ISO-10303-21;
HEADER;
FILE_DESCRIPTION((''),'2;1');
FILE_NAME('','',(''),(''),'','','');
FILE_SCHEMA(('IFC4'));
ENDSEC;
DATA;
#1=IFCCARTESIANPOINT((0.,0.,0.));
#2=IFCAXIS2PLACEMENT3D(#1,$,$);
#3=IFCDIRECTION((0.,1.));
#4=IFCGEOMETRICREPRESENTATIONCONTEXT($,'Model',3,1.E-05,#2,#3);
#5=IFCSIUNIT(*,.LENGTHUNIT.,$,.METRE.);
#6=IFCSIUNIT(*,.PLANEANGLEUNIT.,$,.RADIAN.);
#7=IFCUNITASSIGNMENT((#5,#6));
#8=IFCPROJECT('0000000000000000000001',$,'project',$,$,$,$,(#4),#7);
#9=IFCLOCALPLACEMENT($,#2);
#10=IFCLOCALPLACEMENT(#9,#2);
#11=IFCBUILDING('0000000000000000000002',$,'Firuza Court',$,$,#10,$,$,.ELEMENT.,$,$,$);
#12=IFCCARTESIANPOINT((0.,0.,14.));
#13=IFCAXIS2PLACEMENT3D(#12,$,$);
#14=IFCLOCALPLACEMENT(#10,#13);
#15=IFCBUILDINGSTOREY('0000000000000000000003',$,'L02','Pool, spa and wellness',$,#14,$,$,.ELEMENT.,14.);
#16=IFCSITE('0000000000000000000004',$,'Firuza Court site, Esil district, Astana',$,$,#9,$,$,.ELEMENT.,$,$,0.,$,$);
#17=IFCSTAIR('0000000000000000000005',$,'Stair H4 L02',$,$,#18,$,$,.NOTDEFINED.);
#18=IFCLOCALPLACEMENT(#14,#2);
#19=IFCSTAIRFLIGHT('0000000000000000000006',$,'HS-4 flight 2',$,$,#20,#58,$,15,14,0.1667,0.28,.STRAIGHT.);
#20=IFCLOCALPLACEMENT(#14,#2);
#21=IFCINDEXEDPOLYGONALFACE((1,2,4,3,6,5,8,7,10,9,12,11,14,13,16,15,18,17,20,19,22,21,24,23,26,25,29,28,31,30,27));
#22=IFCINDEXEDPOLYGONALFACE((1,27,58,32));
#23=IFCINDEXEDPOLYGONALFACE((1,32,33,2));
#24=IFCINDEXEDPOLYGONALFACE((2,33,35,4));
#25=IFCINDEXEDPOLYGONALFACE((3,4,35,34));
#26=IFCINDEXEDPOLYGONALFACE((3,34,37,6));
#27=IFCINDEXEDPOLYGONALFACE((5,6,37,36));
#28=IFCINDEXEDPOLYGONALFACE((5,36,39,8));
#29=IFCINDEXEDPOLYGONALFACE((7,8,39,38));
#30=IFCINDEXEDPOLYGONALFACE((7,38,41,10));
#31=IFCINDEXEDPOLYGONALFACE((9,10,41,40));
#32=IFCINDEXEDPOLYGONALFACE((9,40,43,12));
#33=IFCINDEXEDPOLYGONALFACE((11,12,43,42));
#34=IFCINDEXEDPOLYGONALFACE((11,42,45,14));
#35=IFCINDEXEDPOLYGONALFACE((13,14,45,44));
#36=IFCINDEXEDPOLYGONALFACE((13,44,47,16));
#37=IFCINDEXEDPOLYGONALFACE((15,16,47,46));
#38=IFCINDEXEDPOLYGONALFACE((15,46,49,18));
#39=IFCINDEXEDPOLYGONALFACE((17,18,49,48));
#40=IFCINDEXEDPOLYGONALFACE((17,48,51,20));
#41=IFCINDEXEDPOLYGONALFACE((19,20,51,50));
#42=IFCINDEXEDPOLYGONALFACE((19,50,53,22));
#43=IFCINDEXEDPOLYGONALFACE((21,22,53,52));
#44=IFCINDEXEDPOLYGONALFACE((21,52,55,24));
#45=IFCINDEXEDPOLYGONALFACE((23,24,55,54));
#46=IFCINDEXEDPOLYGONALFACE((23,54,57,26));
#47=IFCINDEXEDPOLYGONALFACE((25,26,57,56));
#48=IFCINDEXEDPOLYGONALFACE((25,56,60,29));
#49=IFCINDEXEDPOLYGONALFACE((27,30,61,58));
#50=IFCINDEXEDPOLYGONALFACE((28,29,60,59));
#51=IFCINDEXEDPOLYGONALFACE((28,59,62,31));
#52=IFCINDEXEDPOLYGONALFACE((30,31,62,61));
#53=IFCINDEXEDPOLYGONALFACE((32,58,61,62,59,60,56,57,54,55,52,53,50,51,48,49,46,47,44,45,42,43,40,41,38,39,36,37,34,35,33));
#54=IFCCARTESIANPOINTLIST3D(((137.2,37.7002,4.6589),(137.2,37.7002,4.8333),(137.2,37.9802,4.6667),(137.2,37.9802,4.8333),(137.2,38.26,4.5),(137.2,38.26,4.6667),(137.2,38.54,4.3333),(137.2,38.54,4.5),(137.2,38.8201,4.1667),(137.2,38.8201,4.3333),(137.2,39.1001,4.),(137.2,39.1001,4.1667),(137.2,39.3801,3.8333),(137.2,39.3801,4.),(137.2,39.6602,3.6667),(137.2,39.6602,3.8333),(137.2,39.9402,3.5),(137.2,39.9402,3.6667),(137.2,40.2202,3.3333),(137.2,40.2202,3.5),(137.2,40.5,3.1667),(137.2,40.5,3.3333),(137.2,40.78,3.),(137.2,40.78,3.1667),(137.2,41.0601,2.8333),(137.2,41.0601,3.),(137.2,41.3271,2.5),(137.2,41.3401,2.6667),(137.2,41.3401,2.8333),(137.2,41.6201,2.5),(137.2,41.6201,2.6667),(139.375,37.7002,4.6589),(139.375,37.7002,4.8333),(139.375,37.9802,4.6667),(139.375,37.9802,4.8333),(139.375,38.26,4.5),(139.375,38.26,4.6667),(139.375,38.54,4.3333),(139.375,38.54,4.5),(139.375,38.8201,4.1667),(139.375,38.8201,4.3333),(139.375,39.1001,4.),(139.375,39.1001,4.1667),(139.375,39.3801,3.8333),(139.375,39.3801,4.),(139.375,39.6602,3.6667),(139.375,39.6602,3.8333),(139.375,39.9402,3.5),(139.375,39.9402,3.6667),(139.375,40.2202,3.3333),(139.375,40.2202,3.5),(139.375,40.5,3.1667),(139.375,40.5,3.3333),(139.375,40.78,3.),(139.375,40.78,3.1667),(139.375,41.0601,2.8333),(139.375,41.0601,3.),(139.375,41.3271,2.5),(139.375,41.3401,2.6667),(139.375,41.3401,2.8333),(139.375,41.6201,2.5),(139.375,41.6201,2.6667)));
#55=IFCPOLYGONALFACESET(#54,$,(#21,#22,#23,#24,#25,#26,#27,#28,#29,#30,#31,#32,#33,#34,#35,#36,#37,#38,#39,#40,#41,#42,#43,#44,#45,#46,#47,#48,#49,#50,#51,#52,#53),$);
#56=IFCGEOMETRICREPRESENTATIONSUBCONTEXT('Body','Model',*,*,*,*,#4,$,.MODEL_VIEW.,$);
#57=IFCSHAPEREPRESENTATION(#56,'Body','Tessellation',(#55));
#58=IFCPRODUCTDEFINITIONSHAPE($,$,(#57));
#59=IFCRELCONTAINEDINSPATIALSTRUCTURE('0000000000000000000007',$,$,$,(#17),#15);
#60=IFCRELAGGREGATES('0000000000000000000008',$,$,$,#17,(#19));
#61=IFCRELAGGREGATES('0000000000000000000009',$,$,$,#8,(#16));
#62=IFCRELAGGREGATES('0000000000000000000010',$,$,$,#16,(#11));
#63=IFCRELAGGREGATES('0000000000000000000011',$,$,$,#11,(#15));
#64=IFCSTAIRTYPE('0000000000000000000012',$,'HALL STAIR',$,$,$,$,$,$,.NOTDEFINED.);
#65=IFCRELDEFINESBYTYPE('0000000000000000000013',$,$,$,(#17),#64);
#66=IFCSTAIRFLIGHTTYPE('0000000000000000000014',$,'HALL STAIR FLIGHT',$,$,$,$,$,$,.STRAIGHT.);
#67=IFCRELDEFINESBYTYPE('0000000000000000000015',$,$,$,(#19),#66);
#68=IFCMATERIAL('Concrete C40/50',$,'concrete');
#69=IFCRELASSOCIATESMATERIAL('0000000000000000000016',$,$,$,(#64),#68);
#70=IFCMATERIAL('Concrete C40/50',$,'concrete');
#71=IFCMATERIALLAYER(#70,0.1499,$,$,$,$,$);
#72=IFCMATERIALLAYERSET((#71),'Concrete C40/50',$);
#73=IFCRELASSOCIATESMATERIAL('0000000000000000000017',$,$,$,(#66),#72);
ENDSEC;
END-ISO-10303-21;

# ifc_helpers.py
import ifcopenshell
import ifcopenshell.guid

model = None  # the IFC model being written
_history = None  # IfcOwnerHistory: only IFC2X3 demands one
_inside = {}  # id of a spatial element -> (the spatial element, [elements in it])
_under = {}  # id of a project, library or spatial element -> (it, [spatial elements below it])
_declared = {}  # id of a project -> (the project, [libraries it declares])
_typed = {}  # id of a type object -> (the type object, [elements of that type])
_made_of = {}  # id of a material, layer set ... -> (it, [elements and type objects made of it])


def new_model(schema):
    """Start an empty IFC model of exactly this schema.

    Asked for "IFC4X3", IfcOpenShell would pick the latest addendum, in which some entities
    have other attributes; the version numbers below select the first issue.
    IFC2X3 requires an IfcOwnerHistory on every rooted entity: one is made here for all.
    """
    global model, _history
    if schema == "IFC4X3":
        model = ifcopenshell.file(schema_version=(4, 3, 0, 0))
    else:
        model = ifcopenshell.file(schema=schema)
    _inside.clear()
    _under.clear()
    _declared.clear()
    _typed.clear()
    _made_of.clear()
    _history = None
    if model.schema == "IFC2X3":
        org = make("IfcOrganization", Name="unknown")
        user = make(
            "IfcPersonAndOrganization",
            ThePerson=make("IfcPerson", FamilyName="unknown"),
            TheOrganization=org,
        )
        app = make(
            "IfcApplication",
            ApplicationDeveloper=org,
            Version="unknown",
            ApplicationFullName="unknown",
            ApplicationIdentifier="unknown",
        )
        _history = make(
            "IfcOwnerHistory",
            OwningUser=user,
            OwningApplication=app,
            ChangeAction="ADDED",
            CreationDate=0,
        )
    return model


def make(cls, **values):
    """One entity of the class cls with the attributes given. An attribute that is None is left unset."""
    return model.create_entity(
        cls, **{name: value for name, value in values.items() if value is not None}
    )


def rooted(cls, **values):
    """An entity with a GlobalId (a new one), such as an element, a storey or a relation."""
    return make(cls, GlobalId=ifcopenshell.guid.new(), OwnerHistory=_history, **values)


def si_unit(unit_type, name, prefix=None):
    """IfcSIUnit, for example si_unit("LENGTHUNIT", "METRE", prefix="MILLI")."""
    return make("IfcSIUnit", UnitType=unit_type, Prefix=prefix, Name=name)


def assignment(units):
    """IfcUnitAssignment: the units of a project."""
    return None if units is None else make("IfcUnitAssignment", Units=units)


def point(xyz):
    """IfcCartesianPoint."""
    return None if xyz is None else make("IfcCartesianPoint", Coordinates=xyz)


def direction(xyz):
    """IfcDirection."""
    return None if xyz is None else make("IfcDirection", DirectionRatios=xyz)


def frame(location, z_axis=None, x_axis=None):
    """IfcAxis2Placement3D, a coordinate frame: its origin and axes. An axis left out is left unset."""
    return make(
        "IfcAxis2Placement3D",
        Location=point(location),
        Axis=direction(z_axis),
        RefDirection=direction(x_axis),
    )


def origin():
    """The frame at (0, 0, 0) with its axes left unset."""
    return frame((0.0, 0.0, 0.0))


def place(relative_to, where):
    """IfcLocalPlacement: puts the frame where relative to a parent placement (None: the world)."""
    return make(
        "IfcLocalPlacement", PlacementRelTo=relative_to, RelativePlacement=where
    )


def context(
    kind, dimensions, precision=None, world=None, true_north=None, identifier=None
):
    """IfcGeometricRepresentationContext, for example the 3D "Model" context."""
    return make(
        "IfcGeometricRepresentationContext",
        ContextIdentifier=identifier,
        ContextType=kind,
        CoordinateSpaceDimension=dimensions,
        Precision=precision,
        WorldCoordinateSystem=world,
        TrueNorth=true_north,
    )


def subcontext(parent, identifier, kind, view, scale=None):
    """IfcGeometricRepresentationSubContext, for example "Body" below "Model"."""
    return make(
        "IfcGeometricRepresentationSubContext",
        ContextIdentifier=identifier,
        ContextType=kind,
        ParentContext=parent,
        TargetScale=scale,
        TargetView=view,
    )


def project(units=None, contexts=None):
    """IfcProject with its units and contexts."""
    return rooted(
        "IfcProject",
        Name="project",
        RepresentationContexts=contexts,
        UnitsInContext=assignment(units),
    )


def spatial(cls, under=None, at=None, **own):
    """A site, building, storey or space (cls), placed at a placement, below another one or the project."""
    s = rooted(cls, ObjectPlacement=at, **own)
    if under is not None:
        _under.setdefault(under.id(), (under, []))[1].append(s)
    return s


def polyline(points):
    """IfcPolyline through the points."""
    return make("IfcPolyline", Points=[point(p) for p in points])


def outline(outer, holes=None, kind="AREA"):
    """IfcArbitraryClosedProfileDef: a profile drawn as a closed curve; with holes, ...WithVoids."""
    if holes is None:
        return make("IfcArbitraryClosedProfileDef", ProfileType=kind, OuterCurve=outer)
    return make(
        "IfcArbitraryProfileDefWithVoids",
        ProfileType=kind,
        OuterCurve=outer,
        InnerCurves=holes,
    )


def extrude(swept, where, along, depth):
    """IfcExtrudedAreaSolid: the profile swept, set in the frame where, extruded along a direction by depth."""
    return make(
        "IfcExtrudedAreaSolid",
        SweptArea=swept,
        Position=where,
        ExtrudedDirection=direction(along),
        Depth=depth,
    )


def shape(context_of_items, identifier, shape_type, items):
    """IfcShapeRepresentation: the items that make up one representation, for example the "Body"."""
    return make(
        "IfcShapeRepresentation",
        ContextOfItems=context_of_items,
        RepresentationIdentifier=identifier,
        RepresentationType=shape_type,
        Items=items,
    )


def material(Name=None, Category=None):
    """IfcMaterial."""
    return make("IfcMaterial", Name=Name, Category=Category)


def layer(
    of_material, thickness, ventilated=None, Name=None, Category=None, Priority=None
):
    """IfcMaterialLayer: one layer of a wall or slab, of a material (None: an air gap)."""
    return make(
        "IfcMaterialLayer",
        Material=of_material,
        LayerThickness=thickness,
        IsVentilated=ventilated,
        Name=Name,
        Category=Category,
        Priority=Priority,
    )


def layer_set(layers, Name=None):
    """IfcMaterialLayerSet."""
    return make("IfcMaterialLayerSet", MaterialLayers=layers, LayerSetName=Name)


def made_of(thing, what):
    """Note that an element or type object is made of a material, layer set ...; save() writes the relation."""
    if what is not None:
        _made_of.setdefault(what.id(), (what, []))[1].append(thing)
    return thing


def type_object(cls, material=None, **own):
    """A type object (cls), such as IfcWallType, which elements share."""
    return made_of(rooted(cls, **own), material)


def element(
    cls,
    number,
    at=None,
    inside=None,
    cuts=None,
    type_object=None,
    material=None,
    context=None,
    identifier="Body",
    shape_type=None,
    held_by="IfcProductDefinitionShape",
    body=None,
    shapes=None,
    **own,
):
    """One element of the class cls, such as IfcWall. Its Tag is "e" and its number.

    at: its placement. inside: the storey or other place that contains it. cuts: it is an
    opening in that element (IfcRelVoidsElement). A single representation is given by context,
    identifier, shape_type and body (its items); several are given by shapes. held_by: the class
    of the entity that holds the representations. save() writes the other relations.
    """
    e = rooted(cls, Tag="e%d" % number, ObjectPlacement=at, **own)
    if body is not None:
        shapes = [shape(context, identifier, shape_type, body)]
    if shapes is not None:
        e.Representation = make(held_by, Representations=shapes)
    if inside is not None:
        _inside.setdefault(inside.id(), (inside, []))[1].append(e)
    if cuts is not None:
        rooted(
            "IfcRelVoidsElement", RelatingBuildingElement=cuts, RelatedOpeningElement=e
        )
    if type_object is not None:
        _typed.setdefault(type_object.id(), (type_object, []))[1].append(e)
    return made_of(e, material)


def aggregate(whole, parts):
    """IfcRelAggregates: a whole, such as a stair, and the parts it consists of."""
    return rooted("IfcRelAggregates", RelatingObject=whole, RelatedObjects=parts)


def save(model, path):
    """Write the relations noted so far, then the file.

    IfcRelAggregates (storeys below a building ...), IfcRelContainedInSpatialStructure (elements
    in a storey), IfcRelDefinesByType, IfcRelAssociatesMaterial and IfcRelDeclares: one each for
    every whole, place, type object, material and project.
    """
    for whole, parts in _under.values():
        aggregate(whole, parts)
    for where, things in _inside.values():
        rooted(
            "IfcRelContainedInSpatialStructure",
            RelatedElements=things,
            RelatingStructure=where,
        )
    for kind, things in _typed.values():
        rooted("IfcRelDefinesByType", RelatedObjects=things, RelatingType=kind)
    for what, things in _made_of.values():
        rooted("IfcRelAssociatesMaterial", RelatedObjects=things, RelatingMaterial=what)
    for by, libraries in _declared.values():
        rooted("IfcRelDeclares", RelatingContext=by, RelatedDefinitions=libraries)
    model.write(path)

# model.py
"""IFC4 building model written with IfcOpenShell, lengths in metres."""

from ifc_helpers import new_model, si_unit, direction, frame, origin, place, context, subcontext, project, spatial, polyline, outline, extrude, material, layer, layer_set, type_object, element, aggregate, save


model = new_model("IFC4")

# Units and contexts
model_context = context("Model", 3, precision=1e-05, world=origin(), true_north=direction((0.0, 1.0)))
body_context = subcontext(model_context, "Body", "Model", "MODEL_VIEW")
ifc_project = project(units=[si_unit("LENGTHUNIT", "METRE"), si_unit("PLANEANGLEUNIT", "RADIAN")], contexts=[model_context])

# Site, building, storey
site_placement = place(None, origin())
site = spatial("IfcSite", under=ifc_project, at=site_placement, Name="Firuza Court site, Esil district, Astana", CompositionType="ELEMENT", RefElevation=0.0)
building_placement = place(site_placement, origin())
building = spatial("IfcBuilding", under=site, at=building_placement, Name="Firuza Court", CompositionType="ELEMENT")
storey_placement = place(building_placement, frame((0.0, 0.0, 14.0)))
storey = spatial("IfcBuildingStorey", under=building, at=storey_placement, Name="L02", Description="Pool, spa and wellness", CompositionType="ELEMENT", Elevation=14.0)

# Shared definitions
ifc_material_1 = material(Name="Concrete C40/50", Category="concrete")

# Stair, stair flight
ifc_material_2 = material(Name="Concrete C40/50", Category="concrete")
stair_type = type_object("IfcStairType", Name="HALL STAIR", PredefinedType="NOTDEFINED", material=ifc_material_2)
stair_placement = place(storey_placement, origin())
stair = element("IfcStair", 1, at=stair_placement, inside=storey, type_object=stair_type, Name="Stair H4 L02", PredefinedType="NOTDEFINED")
ifc_layer_1 = layer(ifc_material_1, 0.1499)
ifc_layer_set_1 = layer_set([ifc_layer_1], Name="Concrete C40/50")
stair_flight_type = type_object("IfcStairFlightType", Name="HALL STAIR FLIGHT", PredefinedType="STRAIGHT", material=ifc_layer_set_1)
stair_flight_1_placement = place(storey_placement, frame((138.2876, 41.6201, 2.5), z_axis=(0.0, 0.0, 1.0), x_axis=(0.0, -1.0, 0.0)))
stair_flight_1 = element("IfcStairFlight", 2, at=stair_flight_1_placement, type_object=stair_flight_type, Name="HS-4 flight 2", NumberOfRisers=15, NumberOfTreads=14, PredefinedType="STRAIGHT", RiserHeight=0.1667, TreadLength=0.28, context=body_context, shape_type="SweptSolid", body=[
    extrude(outline(polyline([(0.0, 0.0), (0.0, 0.1667), (0.28, 0.1667), (0.28, 0.3333), (0.5601, 0.3333), (0.5601, 0.5), (0.8401, 0.5), (0.8401, 0.6667), (1.1201, 0.6667), (1.1201, 0.8333), (1.3999, 0.8333), (1.3999, 1.0), (1.6799, 1.0), (1.6799, 1.1667), (1.96, 1.1667), (1.96, 1.3333), (2.24, 1.3333), (2.24, 1.5), (2.52, 1.5), (2.52, 1.6667), (2.8, 1.6667), (2.8, 1.8333), (3.0801, 1.8333), (3.0801, 2.0), (3.3601, 2.0), (3.3601, 2.1667), (3.6399, 2.1667), (3.6399, 2.3333), (3.9199, 2.3333), (3.9199, 2.5), (3.9199, 2.1589), (0.293, 0.0), (0.0, 0.0)])), frame((0.0, 1.0874, 0.0), z_axis=(0.0, -1.0, 0.0), x_axis=(1.0, 0.0, 0.0)), (0.0, 0.0, 1.0), 2.175),
])
aggregate(stair, [stair_flight_1])

save(model, "model.ifc")
